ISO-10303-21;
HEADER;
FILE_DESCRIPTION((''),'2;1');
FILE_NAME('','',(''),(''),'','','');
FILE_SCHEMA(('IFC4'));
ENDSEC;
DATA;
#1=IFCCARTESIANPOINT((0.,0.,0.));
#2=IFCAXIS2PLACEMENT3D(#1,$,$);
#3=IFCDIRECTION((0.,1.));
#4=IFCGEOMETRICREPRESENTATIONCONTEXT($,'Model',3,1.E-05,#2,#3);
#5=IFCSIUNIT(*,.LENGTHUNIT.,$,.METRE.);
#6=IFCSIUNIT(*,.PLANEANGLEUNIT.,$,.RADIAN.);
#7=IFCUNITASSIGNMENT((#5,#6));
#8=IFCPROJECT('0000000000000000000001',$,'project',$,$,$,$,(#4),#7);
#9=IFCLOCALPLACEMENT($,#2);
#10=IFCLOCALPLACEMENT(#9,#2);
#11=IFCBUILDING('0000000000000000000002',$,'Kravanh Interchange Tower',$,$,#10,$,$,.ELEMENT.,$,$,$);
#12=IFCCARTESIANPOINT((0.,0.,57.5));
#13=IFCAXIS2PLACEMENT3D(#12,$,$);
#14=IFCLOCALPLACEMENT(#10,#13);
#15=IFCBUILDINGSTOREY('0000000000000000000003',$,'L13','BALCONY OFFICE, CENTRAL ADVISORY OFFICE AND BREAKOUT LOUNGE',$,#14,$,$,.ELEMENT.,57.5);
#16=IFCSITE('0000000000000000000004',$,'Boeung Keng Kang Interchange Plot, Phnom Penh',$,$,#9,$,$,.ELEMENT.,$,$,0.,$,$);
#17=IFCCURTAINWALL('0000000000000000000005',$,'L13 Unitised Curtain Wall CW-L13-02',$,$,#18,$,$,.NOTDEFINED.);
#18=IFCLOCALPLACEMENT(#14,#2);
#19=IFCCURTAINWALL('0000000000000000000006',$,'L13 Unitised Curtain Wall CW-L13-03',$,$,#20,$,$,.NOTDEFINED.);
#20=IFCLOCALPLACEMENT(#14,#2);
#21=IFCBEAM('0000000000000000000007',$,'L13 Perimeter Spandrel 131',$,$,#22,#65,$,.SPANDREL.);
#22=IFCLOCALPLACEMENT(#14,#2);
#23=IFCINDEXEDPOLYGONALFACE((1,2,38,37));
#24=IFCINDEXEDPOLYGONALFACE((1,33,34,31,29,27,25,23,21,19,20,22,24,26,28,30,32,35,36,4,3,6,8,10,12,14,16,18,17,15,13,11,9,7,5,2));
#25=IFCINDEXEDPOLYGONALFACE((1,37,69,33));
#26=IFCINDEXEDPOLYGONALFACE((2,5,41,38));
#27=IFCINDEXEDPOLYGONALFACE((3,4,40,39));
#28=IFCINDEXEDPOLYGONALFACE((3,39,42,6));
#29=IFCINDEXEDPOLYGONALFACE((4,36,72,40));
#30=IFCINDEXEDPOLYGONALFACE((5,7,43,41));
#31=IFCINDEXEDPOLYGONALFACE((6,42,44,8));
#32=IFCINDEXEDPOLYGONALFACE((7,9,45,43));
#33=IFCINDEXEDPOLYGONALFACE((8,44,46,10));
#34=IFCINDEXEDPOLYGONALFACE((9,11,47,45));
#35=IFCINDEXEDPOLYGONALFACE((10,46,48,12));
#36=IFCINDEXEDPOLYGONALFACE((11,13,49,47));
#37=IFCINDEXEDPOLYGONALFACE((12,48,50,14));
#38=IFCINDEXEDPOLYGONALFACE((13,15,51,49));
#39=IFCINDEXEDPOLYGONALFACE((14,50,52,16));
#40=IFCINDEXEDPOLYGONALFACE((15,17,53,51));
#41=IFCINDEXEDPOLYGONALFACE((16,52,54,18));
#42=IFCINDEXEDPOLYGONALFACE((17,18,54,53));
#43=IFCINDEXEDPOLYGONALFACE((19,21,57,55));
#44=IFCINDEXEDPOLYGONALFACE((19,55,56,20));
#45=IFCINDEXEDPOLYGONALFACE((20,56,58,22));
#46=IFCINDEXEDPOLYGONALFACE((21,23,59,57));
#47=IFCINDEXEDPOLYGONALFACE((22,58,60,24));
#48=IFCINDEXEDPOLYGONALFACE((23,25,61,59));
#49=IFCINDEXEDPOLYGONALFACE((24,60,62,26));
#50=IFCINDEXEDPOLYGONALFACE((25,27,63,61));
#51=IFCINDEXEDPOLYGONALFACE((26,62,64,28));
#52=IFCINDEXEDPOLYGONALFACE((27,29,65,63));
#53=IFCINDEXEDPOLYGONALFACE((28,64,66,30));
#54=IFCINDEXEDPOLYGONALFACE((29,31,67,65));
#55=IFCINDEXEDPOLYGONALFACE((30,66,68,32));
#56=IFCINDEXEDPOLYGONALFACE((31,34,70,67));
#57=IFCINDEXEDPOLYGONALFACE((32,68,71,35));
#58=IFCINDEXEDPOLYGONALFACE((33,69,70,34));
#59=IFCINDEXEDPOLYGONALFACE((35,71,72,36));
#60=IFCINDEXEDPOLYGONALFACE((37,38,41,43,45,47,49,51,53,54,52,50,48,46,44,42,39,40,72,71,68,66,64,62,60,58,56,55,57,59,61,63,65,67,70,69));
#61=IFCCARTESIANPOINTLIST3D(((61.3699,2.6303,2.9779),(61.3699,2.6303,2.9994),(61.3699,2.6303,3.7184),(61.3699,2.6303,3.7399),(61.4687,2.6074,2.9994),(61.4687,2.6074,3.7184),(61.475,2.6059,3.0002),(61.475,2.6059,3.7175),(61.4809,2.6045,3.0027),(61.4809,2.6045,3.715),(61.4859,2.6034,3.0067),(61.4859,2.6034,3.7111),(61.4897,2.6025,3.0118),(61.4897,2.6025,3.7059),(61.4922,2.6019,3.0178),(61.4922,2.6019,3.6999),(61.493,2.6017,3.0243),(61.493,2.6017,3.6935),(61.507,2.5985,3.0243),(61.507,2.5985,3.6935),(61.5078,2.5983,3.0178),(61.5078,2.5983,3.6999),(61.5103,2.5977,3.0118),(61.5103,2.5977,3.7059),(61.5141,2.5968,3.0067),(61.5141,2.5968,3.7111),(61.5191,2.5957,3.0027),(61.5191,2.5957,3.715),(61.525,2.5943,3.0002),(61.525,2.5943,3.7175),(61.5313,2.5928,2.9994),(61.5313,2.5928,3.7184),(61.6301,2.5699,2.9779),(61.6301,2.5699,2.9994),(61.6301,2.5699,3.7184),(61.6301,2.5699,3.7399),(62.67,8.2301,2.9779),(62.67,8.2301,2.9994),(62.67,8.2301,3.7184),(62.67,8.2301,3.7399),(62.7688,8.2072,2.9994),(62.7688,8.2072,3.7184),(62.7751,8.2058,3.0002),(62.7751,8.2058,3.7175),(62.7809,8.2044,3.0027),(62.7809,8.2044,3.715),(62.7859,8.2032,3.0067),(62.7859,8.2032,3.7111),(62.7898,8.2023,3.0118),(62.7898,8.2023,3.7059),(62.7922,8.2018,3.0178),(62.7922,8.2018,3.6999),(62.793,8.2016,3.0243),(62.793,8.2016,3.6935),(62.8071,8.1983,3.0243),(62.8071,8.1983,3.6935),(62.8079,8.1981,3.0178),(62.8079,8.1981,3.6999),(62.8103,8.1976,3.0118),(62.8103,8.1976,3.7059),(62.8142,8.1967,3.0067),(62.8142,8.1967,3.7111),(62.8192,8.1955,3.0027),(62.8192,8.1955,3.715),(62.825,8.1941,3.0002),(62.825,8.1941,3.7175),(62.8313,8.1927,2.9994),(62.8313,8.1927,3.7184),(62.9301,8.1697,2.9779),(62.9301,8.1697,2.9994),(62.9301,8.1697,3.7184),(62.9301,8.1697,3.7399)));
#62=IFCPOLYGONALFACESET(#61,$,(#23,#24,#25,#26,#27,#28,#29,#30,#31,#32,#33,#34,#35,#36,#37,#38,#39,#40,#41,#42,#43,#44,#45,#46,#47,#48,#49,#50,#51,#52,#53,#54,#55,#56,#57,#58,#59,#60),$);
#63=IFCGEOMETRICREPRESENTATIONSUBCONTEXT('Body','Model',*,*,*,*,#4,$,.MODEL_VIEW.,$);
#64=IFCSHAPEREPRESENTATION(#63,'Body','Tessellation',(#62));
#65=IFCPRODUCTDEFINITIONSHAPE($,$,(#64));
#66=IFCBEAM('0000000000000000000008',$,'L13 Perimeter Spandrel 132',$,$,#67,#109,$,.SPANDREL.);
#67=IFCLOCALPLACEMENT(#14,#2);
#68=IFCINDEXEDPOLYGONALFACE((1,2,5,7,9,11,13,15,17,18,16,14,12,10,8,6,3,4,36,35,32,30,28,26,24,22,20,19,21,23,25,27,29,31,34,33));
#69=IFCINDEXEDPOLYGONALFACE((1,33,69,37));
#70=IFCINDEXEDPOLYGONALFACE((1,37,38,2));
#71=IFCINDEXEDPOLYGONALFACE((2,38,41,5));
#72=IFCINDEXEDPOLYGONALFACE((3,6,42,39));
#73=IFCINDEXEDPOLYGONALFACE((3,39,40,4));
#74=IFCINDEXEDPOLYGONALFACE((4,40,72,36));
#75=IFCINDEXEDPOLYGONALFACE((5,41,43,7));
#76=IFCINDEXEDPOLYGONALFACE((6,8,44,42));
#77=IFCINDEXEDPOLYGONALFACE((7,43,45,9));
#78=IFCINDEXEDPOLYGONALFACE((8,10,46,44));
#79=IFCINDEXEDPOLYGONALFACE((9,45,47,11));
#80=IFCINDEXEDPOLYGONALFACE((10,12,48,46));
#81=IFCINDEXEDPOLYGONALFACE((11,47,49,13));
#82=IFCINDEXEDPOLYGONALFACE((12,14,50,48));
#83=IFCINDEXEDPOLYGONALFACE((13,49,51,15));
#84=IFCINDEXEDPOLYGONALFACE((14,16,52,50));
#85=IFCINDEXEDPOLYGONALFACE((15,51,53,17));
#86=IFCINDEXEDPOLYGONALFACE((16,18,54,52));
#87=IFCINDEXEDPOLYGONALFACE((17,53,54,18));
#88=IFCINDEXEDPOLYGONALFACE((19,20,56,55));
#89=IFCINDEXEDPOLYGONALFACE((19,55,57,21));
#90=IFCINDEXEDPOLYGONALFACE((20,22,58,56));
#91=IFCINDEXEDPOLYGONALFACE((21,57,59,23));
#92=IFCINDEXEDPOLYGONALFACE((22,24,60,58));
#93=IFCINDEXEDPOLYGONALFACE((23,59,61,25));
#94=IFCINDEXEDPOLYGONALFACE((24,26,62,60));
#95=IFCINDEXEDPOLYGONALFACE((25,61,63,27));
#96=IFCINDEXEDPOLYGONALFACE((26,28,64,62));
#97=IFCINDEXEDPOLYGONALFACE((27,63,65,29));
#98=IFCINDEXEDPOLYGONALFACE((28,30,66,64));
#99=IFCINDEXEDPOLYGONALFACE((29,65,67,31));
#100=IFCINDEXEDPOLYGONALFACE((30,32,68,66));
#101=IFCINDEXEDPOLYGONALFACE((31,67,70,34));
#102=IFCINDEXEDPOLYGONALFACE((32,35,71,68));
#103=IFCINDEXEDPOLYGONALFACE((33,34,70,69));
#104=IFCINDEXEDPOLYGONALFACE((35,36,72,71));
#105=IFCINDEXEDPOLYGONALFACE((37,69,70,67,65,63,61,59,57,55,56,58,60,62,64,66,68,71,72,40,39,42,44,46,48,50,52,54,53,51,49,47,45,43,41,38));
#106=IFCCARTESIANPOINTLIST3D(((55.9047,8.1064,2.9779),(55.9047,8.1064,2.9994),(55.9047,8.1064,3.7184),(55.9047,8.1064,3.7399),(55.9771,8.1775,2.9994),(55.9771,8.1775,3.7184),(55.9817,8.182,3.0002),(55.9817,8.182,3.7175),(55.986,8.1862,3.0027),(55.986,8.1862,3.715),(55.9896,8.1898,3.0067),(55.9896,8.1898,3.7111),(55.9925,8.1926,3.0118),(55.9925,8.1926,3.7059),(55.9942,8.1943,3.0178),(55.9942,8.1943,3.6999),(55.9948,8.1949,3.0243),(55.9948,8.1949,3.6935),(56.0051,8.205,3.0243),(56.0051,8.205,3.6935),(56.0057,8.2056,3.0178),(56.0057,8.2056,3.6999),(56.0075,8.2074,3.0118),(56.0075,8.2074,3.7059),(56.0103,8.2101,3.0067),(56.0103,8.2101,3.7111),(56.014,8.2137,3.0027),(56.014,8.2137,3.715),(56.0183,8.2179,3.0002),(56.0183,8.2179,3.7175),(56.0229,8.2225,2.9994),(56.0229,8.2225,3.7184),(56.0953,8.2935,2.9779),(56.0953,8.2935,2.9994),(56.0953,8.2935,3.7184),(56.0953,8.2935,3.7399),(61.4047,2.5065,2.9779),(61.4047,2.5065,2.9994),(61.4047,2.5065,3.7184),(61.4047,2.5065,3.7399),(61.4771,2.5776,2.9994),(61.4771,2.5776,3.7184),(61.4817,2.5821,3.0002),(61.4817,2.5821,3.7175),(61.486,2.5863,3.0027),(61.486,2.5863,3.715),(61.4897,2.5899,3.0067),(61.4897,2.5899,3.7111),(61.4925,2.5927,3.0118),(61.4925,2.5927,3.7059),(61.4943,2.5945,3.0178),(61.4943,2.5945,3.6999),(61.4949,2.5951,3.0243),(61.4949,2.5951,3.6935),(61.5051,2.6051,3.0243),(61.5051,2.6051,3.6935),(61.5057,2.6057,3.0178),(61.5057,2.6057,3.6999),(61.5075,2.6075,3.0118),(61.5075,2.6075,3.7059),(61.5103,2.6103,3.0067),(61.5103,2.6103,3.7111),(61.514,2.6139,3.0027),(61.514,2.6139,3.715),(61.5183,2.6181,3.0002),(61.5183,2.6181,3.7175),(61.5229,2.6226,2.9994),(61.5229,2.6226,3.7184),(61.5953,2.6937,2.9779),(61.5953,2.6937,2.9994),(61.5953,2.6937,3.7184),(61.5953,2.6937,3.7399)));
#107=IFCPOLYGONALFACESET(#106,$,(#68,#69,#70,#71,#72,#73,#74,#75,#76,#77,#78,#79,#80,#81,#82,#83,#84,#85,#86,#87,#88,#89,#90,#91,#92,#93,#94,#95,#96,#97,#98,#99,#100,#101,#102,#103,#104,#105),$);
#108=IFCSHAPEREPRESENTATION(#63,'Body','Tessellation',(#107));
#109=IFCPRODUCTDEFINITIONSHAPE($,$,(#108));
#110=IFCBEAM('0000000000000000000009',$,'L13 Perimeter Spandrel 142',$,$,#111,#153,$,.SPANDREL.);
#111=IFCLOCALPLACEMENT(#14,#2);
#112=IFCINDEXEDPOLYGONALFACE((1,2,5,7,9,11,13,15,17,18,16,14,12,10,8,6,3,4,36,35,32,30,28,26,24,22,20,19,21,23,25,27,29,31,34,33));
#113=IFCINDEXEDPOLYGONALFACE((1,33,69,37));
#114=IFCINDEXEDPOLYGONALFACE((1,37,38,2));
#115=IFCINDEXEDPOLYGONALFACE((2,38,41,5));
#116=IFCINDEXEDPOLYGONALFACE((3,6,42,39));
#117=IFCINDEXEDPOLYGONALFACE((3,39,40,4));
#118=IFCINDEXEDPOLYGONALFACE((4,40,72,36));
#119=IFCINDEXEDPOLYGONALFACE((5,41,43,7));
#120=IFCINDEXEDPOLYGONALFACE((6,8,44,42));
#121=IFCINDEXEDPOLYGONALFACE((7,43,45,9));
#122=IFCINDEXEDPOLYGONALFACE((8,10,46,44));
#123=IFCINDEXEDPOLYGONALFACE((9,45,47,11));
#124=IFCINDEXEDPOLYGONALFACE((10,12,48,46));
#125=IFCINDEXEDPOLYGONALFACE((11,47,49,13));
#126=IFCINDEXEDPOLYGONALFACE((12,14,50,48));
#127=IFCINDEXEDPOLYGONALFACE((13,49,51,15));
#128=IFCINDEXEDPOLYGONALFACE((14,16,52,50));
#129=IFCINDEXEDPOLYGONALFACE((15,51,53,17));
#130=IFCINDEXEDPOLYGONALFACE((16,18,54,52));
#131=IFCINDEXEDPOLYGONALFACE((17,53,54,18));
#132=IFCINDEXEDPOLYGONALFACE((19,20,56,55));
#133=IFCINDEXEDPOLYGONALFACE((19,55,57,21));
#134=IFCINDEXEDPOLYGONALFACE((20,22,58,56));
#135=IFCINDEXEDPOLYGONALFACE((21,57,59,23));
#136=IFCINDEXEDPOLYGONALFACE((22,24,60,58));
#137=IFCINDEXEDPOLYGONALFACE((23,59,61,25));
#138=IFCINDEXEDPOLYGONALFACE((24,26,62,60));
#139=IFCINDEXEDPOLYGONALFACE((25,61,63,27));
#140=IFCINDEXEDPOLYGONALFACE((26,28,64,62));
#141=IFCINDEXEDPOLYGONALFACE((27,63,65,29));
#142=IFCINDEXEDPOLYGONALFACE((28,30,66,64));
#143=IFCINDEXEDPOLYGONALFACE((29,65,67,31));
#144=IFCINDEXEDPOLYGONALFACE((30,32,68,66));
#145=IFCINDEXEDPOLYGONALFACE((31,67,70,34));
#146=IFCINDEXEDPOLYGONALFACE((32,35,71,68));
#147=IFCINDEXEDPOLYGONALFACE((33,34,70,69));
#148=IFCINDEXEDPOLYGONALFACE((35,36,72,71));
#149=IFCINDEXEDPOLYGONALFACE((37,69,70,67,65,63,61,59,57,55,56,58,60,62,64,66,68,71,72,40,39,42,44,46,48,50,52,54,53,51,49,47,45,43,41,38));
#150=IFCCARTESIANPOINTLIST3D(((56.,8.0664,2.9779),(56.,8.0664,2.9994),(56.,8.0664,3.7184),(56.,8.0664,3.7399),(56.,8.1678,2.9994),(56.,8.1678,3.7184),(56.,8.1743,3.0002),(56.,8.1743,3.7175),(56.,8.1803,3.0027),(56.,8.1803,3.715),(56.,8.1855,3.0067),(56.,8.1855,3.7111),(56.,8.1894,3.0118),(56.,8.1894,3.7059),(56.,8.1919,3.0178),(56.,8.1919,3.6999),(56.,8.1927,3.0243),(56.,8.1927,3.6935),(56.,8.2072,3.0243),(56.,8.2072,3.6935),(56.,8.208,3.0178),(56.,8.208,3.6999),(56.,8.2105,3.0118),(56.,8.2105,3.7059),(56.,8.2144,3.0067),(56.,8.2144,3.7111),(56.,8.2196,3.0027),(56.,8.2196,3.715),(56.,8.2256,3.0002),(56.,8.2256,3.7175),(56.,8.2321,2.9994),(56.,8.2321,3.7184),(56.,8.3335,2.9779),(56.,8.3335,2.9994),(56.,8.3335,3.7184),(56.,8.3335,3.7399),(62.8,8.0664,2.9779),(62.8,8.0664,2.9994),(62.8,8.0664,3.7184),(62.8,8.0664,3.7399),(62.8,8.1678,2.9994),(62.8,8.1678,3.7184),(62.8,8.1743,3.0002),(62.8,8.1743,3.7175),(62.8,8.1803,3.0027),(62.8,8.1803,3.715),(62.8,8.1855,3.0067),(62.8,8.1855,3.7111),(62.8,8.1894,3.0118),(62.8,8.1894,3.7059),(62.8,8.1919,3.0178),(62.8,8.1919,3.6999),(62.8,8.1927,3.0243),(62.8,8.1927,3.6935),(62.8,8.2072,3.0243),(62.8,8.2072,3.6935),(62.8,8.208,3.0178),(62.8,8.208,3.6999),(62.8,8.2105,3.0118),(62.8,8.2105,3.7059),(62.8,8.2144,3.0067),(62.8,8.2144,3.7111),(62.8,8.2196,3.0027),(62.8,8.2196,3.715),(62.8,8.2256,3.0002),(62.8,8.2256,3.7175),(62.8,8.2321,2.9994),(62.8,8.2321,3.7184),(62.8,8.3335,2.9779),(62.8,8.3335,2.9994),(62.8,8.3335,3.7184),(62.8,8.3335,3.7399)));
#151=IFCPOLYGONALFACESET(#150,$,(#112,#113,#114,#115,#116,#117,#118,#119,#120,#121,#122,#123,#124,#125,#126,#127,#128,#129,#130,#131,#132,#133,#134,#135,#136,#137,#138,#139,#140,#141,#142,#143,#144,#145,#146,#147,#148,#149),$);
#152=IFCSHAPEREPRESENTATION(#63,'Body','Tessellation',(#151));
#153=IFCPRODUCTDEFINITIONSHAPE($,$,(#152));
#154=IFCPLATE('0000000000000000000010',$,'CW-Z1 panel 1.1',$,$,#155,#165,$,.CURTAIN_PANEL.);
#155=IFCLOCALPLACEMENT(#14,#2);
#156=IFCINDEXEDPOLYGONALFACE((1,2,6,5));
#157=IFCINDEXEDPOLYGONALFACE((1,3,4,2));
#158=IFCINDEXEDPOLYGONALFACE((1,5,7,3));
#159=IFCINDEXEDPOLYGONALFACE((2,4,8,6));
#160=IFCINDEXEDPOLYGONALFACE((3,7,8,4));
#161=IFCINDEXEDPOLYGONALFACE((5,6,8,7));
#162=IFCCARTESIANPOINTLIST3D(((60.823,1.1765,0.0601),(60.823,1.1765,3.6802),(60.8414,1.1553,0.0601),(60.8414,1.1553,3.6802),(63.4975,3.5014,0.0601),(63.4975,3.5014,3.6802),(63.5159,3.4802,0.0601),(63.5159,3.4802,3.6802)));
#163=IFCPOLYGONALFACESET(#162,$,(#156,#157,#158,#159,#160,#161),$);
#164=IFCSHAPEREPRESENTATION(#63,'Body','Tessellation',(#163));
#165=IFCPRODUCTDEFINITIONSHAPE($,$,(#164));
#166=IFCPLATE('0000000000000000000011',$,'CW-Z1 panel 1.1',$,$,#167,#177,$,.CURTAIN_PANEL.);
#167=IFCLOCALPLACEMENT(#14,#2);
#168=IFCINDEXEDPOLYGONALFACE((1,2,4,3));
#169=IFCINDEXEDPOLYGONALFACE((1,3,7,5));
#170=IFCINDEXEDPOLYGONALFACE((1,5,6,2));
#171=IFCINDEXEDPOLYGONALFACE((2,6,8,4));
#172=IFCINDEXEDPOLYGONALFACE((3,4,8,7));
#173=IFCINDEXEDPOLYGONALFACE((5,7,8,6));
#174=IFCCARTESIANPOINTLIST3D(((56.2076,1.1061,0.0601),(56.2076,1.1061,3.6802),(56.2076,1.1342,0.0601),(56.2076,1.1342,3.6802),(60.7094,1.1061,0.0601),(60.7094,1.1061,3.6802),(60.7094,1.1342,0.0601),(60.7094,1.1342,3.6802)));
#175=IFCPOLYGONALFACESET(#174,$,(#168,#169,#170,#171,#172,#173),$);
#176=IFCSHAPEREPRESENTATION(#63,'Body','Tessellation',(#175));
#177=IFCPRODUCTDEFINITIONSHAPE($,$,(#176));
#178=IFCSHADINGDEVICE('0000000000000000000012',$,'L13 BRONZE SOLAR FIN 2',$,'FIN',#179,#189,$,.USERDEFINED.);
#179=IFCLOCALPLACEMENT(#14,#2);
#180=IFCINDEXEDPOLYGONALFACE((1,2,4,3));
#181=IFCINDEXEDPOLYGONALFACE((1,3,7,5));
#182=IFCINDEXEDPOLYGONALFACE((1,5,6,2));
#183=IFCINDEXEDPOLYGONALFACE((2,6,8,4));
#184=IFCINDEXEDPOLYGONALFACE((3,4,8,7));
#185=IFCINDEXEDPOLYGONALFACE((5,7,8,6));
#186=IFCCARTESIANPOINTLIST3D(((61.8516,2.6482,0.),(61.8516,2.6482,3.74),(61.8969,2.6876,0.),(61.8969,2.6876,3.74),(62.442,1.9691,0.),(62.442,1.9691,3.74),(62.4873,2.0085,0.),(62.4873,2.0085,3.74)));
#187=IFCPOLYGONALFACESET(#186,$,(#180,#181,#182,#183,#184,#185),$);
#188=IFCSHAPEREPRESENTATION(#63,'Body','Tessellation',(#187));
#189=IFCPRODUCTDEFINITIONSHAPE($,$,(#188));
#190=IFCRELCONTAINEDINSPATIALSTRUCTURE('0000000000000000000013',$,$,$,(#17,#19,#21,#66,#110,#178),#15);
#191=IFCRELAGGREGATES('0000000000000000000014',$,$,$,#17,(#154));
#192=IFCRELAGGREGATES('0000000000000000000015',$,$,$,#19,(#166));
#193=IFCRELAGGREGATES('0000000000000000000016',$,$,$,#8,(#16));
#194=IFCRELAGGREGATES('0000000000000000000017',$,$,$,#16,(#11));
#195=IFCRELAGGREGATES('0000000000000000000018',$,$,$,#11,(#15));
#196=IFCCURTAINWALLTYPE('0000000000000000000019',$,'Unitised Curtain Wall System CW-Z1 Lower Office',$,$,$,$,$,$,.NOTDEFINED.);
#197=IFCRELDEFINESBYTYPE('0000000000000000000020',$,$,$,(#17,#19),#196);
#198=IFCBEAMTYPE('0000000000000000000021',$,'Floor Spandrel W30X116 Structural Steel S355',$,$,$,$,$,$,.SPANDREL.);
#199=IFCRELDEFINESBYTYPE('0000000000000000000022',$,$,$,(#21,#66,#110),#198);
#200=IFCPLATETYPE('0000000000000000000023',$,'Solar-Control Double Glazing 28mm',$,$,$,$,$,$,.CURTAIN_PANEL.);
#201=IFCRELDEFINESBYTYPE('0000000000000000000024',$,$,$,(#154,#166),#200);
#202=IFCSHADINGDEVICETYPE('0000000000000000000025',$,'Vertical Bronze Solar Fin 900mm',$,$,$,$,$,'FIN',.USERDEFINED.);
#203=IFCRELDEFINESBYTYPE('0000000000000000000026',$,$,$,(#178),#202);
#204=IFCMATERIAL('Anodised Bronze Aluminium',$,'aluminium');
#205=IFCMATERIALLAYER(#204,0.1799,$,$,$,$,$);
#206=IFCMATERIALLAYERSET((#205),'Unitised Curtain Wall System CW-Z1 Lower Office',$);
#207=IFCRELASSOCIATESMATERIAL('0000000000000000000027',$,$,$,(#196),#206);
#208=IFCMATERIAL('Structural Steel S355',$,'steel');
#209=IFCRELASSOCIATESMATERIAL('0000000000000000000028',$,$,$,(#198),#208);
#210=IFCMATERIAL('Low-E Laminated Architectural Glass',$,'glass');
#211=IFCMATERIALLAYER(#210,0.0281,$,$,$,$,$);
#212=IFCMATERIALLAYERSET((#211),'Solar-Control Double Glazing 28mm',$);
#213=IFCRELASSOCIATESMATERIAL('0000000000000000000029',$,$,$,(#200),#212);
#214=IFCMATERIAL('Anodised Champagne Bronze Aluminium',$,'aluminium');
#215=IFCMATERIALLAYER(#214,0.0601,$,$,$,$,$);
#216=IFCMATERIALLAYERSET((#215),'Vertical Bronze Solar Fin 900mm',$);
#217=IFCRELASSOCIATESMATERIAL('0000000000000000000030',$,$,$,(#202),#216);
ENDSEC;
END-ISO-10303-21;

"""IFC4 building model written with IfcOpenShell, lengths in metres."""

from ifc_helpers import new_model, si_unit, direction, frame, origin, origin_2d, place, context, subcontext, project, spatial, rectangle, i_section, extrude, material, layer, layer_set, material_profile, profile_set, type_object, element, aggregate, save


model = new_model("IFC4")

# Units and contexts
model_context = context("Model", 3, precision=1e-05, world=origin(), true_north=direction((0.0, 1.0)))
body_context = subcontext(model_context, "Body", "Model", "MODEL_VIEW")
ifc_project = project(units=[si_unit("LENGTHUNIT", "METRE"), si_unit("PLANEANGLEUNIT", "RADIAN")], contexts=[model_context])

# Site, building, storey
site_placement = place(None, origin())
site = spatial("IfcSite", under=ifc_project, at=site_placement, Name="Boeung Keng Kang Interchange Plot, Phnom Penh", CompositionType="ELEMENT", RefElevation=0.0)
building_placement = place(site_placement, origin())
building = spatial("IfcBuilding", under=site, at=building_placement, Name="Kravanh Interchange Tower", CompositionType="ELEMENT")
storey_placement = place(building_placement, frame((0.0, 0.0, 57.5)))
storey = spatial("IfcBuildingStorey", under=building, at=storey_placement, Name="L13", Description="BALCONY OFFICE, CENTRAL ADVISORY OFFICE AND BREAKOUT LOUNGE", CompositionType="ELEMENT", Elevation=57.5)

# Curtain walls
ifc_material_1 = material(Name="Anodised Bronze Aluminium", Category="aluminium")
ifc_layer_1 = layer(ifc_material_1, 0.1799)
ifc_layer_set_1 = layer_set([ifc_layer_1], Name="Unitised Curtain Wall System CW-Z1 Lower Office")
curtain_wall_type = type_object("IfcCurtainWallType", Name="Unitised Curtain Wall System CW-Z1 Lower Office", PredefinedType="NOTDEFINED", material=ifc_layer_set_1)
curtain_wall_1_placement = place(storey_placement, origin())
curtain_wall_1 = element("IfcCurtainWall", 1, at=curtain_wall_1_placement, inside=storey, type_object=curtain_wall_type, Name="L13 Unitised Curtain Wall CW-L13-02", PredefinedType="NOTDEFINED")
curtain_wall_2_placement = place(storey_placement, origin())
curtain_wall_2 = element("IfcCurtainWall", 2, at=curtain_wall_2_placement, inside=storey, type_object=curtain_wall_type, Name="L13 Unitised Curtain Wall CW-L13-03", PredefinedType="NOTDEFINED")

# Beams
ifc_material_2 = material(Name="Structural Steel S355", Category="steel")
ifc_material_profile_1 = material_profile(ifc_material_2, i_section(OverallWidth=0.2671, OverallDepth=0.762, WebThickness=0.0144, FlangeThickness=0.0215, FilletRadius=0.0249, at=origin_2d()), Name="W30X116")
ifc_profile_set_1 = profile_set([ifc_material_profile_1], Name="Structural Steel S355")
beam_type_1 = type_object("IfcBeamType", Name="Floor Spandrel W30X116 Structural Steel S355", PredefinedType="SPANDREL", material=ifc_profile_set_1)
beam_1_placement = place(storey_placement, frame((61.5, 2.6001, 3.3589), z_axis=(0.226143, 0.974094, 0.0), x_axis=(-0.974094, 0.226143, 0.0)))
element("IfcBeam", 3, at=beam_1_placement, inside=storey, type_object=beam_type_1, Name="L13 Perimeter Spandrel 131", PredefinedType="SPANDREL", context=body_context, shape_type="SweptSolid", body=[
    extrude(i_section(OverallWidth=0.2671, OverallDepth=0.762, WebThickness=0.0144, FlangeThickness=0.0215, FilletRadius=0.0249, at=origin_2d()), origin(), (0.0, 0.0, 1.0), 5.7488),
])
beam_2_placement = place(storey_placement, frame((61.5, 2.6001, 3.3589), z_axis=(-0.700717, 0.713439, 0.0), x_axis=(-0.713439, -0.700717, 0.0)))
element("IfcBeam", 4, at=beam_2_placement, inside=storey, type_object=beam_type_1, Name="L13 Perimeter Spandrel 132", PredefinedType="SPANDREL", context=body_context, shape_type="SweptSolid", body=[
    extrude(i_section(OverallWidth=0.2671, OverallDepth=0.762, WebThickness=0.0144, FlangeThickness=0.0215, FilletRadius=0.0249, at=origin_2d()), origin(), (0.0, 0.0, 1.0), 7.8491),
])
beam_3_placement = place(storey_placement, frame((56.0, 8.2, 3.3589), z_axis=(1.0, 0.0, 0.0), x_axis=(0.0, 1.0, 0.0)))
element("IfcBeam", 5, at=beam_3_placement, inside=storey, type_object=beam_type_1, Name="L13 Perimeter Spandrel 142", PredefinedType="SPANDREL", context=body_context, shape_type="SweptSolid", body=[
    extrude(i_section(OverallWidth=0.2671, OverallDepth=0.762, WebThickness=0.0144, FlangeThickness=0.0215, FilletRadius=0.0249, at=origin_2d()), origin(), (0.0, 0.0, 1.0), 6.8),
])

# Plates
ifc_material_3 = material(Name="Low-E Laminated Architectural Glass", Category="glass")
ifc_layer_2 = layer(ifc_material_3, 0.0281)
ifc_layer_set_2 = layer_set([ifc_layer_2], Name="Solar-Control Double Glazing 28mm")
plate_type = type_object("IfcPlateType", Name="Solar-Control Double Glazing 28mm", PredefinedType="CURTAIN_PANEL", material=ifc_layer_set_2)
plate_1_placement = place(storey_placement, frame((62.1694, 2.3284, 0.0601), z_axis=(0.0, 0.0, 1.0), x_axis=(-0.754708, -0.65606, 0.0)))
plate_1 = element("IfcPlate", 6, at=plate_1_placement, type_object=plate_type, Name="CW-Z1 panel 1.1", PredefinedType="CURTAIN_PANEL", context=body_context, shape_type="SweptSolid", body=[
    extrude(rectangle(XDim=3.5437, YDim=0.0281, at=origin_2d()), origin(), (0.0, 0.0, 1.0), 3.6201),
])
aggregate(curtain_wall_1, [plate_1])
plate_2_placement = place(storey_placement, frame((58.4585, 1.1201, 0.0601), z_axis=(0.0, 0.0, 1.0), x_axis=(-1.0, 0.0, 0.0)))
plate_2 = element("IfcPlate", 7, at=plate_2_placement, type_object=plate_type, Name="CW-Z1 panel 1.1", PredefinedType="CURTAIN_PANEL", context=body_context, shape_type="SweptSolid", body=[
    extrude(rectangle(XDim=4.5017, YDim=0.0281, at=origin_2d()), origin(), (0.0, 0.0, 1.0), 3.6201),
])
aggregate(curtain_wall_2, [plate_2])

# Shading device
ifc_material_4 = material(Name="Anodised Champagne Bronze Aluminium", Category="aluminium")
ifc_layer_3 = layer(ifc_material_4, 0.0601)
ifc_layer_set_3 = layer_set([ifc_layer_3], Name="Vertical Bronze Solar Fin 900mm")
shading_device_type = type_object("IfcShadingDeviceType", Name="Vertical Bronze Solar Fin 900mm", ElementType="FIN", PredefinedType="USERDEFINED", material=ifc_layer_set_3)
shading_device_placement = place(storey_placement, frame((62.1694, 2.3284, 0.0), z_axis=(0.0, 0.0, 1.0), x_axis=(0.656068, -0.754702, 0.0)))
element("IfcShadingDevice", 8, at=shading_device_placement, inside=storey, type_object=shading_device_type, Name="L13 BRONZE SOLAR FIN 2", ObjectType="FIN", PredefinedType="USERDEFINED", context=body_context, shape_type="SweptSolid", body=[
    extrude(rectangle(XDim=0.8999, YDim=0.0601, at=origin_2d()), origin(), (0.0, 0.0, 1.0), 3.74),
])

save(model, "model.ifc")
